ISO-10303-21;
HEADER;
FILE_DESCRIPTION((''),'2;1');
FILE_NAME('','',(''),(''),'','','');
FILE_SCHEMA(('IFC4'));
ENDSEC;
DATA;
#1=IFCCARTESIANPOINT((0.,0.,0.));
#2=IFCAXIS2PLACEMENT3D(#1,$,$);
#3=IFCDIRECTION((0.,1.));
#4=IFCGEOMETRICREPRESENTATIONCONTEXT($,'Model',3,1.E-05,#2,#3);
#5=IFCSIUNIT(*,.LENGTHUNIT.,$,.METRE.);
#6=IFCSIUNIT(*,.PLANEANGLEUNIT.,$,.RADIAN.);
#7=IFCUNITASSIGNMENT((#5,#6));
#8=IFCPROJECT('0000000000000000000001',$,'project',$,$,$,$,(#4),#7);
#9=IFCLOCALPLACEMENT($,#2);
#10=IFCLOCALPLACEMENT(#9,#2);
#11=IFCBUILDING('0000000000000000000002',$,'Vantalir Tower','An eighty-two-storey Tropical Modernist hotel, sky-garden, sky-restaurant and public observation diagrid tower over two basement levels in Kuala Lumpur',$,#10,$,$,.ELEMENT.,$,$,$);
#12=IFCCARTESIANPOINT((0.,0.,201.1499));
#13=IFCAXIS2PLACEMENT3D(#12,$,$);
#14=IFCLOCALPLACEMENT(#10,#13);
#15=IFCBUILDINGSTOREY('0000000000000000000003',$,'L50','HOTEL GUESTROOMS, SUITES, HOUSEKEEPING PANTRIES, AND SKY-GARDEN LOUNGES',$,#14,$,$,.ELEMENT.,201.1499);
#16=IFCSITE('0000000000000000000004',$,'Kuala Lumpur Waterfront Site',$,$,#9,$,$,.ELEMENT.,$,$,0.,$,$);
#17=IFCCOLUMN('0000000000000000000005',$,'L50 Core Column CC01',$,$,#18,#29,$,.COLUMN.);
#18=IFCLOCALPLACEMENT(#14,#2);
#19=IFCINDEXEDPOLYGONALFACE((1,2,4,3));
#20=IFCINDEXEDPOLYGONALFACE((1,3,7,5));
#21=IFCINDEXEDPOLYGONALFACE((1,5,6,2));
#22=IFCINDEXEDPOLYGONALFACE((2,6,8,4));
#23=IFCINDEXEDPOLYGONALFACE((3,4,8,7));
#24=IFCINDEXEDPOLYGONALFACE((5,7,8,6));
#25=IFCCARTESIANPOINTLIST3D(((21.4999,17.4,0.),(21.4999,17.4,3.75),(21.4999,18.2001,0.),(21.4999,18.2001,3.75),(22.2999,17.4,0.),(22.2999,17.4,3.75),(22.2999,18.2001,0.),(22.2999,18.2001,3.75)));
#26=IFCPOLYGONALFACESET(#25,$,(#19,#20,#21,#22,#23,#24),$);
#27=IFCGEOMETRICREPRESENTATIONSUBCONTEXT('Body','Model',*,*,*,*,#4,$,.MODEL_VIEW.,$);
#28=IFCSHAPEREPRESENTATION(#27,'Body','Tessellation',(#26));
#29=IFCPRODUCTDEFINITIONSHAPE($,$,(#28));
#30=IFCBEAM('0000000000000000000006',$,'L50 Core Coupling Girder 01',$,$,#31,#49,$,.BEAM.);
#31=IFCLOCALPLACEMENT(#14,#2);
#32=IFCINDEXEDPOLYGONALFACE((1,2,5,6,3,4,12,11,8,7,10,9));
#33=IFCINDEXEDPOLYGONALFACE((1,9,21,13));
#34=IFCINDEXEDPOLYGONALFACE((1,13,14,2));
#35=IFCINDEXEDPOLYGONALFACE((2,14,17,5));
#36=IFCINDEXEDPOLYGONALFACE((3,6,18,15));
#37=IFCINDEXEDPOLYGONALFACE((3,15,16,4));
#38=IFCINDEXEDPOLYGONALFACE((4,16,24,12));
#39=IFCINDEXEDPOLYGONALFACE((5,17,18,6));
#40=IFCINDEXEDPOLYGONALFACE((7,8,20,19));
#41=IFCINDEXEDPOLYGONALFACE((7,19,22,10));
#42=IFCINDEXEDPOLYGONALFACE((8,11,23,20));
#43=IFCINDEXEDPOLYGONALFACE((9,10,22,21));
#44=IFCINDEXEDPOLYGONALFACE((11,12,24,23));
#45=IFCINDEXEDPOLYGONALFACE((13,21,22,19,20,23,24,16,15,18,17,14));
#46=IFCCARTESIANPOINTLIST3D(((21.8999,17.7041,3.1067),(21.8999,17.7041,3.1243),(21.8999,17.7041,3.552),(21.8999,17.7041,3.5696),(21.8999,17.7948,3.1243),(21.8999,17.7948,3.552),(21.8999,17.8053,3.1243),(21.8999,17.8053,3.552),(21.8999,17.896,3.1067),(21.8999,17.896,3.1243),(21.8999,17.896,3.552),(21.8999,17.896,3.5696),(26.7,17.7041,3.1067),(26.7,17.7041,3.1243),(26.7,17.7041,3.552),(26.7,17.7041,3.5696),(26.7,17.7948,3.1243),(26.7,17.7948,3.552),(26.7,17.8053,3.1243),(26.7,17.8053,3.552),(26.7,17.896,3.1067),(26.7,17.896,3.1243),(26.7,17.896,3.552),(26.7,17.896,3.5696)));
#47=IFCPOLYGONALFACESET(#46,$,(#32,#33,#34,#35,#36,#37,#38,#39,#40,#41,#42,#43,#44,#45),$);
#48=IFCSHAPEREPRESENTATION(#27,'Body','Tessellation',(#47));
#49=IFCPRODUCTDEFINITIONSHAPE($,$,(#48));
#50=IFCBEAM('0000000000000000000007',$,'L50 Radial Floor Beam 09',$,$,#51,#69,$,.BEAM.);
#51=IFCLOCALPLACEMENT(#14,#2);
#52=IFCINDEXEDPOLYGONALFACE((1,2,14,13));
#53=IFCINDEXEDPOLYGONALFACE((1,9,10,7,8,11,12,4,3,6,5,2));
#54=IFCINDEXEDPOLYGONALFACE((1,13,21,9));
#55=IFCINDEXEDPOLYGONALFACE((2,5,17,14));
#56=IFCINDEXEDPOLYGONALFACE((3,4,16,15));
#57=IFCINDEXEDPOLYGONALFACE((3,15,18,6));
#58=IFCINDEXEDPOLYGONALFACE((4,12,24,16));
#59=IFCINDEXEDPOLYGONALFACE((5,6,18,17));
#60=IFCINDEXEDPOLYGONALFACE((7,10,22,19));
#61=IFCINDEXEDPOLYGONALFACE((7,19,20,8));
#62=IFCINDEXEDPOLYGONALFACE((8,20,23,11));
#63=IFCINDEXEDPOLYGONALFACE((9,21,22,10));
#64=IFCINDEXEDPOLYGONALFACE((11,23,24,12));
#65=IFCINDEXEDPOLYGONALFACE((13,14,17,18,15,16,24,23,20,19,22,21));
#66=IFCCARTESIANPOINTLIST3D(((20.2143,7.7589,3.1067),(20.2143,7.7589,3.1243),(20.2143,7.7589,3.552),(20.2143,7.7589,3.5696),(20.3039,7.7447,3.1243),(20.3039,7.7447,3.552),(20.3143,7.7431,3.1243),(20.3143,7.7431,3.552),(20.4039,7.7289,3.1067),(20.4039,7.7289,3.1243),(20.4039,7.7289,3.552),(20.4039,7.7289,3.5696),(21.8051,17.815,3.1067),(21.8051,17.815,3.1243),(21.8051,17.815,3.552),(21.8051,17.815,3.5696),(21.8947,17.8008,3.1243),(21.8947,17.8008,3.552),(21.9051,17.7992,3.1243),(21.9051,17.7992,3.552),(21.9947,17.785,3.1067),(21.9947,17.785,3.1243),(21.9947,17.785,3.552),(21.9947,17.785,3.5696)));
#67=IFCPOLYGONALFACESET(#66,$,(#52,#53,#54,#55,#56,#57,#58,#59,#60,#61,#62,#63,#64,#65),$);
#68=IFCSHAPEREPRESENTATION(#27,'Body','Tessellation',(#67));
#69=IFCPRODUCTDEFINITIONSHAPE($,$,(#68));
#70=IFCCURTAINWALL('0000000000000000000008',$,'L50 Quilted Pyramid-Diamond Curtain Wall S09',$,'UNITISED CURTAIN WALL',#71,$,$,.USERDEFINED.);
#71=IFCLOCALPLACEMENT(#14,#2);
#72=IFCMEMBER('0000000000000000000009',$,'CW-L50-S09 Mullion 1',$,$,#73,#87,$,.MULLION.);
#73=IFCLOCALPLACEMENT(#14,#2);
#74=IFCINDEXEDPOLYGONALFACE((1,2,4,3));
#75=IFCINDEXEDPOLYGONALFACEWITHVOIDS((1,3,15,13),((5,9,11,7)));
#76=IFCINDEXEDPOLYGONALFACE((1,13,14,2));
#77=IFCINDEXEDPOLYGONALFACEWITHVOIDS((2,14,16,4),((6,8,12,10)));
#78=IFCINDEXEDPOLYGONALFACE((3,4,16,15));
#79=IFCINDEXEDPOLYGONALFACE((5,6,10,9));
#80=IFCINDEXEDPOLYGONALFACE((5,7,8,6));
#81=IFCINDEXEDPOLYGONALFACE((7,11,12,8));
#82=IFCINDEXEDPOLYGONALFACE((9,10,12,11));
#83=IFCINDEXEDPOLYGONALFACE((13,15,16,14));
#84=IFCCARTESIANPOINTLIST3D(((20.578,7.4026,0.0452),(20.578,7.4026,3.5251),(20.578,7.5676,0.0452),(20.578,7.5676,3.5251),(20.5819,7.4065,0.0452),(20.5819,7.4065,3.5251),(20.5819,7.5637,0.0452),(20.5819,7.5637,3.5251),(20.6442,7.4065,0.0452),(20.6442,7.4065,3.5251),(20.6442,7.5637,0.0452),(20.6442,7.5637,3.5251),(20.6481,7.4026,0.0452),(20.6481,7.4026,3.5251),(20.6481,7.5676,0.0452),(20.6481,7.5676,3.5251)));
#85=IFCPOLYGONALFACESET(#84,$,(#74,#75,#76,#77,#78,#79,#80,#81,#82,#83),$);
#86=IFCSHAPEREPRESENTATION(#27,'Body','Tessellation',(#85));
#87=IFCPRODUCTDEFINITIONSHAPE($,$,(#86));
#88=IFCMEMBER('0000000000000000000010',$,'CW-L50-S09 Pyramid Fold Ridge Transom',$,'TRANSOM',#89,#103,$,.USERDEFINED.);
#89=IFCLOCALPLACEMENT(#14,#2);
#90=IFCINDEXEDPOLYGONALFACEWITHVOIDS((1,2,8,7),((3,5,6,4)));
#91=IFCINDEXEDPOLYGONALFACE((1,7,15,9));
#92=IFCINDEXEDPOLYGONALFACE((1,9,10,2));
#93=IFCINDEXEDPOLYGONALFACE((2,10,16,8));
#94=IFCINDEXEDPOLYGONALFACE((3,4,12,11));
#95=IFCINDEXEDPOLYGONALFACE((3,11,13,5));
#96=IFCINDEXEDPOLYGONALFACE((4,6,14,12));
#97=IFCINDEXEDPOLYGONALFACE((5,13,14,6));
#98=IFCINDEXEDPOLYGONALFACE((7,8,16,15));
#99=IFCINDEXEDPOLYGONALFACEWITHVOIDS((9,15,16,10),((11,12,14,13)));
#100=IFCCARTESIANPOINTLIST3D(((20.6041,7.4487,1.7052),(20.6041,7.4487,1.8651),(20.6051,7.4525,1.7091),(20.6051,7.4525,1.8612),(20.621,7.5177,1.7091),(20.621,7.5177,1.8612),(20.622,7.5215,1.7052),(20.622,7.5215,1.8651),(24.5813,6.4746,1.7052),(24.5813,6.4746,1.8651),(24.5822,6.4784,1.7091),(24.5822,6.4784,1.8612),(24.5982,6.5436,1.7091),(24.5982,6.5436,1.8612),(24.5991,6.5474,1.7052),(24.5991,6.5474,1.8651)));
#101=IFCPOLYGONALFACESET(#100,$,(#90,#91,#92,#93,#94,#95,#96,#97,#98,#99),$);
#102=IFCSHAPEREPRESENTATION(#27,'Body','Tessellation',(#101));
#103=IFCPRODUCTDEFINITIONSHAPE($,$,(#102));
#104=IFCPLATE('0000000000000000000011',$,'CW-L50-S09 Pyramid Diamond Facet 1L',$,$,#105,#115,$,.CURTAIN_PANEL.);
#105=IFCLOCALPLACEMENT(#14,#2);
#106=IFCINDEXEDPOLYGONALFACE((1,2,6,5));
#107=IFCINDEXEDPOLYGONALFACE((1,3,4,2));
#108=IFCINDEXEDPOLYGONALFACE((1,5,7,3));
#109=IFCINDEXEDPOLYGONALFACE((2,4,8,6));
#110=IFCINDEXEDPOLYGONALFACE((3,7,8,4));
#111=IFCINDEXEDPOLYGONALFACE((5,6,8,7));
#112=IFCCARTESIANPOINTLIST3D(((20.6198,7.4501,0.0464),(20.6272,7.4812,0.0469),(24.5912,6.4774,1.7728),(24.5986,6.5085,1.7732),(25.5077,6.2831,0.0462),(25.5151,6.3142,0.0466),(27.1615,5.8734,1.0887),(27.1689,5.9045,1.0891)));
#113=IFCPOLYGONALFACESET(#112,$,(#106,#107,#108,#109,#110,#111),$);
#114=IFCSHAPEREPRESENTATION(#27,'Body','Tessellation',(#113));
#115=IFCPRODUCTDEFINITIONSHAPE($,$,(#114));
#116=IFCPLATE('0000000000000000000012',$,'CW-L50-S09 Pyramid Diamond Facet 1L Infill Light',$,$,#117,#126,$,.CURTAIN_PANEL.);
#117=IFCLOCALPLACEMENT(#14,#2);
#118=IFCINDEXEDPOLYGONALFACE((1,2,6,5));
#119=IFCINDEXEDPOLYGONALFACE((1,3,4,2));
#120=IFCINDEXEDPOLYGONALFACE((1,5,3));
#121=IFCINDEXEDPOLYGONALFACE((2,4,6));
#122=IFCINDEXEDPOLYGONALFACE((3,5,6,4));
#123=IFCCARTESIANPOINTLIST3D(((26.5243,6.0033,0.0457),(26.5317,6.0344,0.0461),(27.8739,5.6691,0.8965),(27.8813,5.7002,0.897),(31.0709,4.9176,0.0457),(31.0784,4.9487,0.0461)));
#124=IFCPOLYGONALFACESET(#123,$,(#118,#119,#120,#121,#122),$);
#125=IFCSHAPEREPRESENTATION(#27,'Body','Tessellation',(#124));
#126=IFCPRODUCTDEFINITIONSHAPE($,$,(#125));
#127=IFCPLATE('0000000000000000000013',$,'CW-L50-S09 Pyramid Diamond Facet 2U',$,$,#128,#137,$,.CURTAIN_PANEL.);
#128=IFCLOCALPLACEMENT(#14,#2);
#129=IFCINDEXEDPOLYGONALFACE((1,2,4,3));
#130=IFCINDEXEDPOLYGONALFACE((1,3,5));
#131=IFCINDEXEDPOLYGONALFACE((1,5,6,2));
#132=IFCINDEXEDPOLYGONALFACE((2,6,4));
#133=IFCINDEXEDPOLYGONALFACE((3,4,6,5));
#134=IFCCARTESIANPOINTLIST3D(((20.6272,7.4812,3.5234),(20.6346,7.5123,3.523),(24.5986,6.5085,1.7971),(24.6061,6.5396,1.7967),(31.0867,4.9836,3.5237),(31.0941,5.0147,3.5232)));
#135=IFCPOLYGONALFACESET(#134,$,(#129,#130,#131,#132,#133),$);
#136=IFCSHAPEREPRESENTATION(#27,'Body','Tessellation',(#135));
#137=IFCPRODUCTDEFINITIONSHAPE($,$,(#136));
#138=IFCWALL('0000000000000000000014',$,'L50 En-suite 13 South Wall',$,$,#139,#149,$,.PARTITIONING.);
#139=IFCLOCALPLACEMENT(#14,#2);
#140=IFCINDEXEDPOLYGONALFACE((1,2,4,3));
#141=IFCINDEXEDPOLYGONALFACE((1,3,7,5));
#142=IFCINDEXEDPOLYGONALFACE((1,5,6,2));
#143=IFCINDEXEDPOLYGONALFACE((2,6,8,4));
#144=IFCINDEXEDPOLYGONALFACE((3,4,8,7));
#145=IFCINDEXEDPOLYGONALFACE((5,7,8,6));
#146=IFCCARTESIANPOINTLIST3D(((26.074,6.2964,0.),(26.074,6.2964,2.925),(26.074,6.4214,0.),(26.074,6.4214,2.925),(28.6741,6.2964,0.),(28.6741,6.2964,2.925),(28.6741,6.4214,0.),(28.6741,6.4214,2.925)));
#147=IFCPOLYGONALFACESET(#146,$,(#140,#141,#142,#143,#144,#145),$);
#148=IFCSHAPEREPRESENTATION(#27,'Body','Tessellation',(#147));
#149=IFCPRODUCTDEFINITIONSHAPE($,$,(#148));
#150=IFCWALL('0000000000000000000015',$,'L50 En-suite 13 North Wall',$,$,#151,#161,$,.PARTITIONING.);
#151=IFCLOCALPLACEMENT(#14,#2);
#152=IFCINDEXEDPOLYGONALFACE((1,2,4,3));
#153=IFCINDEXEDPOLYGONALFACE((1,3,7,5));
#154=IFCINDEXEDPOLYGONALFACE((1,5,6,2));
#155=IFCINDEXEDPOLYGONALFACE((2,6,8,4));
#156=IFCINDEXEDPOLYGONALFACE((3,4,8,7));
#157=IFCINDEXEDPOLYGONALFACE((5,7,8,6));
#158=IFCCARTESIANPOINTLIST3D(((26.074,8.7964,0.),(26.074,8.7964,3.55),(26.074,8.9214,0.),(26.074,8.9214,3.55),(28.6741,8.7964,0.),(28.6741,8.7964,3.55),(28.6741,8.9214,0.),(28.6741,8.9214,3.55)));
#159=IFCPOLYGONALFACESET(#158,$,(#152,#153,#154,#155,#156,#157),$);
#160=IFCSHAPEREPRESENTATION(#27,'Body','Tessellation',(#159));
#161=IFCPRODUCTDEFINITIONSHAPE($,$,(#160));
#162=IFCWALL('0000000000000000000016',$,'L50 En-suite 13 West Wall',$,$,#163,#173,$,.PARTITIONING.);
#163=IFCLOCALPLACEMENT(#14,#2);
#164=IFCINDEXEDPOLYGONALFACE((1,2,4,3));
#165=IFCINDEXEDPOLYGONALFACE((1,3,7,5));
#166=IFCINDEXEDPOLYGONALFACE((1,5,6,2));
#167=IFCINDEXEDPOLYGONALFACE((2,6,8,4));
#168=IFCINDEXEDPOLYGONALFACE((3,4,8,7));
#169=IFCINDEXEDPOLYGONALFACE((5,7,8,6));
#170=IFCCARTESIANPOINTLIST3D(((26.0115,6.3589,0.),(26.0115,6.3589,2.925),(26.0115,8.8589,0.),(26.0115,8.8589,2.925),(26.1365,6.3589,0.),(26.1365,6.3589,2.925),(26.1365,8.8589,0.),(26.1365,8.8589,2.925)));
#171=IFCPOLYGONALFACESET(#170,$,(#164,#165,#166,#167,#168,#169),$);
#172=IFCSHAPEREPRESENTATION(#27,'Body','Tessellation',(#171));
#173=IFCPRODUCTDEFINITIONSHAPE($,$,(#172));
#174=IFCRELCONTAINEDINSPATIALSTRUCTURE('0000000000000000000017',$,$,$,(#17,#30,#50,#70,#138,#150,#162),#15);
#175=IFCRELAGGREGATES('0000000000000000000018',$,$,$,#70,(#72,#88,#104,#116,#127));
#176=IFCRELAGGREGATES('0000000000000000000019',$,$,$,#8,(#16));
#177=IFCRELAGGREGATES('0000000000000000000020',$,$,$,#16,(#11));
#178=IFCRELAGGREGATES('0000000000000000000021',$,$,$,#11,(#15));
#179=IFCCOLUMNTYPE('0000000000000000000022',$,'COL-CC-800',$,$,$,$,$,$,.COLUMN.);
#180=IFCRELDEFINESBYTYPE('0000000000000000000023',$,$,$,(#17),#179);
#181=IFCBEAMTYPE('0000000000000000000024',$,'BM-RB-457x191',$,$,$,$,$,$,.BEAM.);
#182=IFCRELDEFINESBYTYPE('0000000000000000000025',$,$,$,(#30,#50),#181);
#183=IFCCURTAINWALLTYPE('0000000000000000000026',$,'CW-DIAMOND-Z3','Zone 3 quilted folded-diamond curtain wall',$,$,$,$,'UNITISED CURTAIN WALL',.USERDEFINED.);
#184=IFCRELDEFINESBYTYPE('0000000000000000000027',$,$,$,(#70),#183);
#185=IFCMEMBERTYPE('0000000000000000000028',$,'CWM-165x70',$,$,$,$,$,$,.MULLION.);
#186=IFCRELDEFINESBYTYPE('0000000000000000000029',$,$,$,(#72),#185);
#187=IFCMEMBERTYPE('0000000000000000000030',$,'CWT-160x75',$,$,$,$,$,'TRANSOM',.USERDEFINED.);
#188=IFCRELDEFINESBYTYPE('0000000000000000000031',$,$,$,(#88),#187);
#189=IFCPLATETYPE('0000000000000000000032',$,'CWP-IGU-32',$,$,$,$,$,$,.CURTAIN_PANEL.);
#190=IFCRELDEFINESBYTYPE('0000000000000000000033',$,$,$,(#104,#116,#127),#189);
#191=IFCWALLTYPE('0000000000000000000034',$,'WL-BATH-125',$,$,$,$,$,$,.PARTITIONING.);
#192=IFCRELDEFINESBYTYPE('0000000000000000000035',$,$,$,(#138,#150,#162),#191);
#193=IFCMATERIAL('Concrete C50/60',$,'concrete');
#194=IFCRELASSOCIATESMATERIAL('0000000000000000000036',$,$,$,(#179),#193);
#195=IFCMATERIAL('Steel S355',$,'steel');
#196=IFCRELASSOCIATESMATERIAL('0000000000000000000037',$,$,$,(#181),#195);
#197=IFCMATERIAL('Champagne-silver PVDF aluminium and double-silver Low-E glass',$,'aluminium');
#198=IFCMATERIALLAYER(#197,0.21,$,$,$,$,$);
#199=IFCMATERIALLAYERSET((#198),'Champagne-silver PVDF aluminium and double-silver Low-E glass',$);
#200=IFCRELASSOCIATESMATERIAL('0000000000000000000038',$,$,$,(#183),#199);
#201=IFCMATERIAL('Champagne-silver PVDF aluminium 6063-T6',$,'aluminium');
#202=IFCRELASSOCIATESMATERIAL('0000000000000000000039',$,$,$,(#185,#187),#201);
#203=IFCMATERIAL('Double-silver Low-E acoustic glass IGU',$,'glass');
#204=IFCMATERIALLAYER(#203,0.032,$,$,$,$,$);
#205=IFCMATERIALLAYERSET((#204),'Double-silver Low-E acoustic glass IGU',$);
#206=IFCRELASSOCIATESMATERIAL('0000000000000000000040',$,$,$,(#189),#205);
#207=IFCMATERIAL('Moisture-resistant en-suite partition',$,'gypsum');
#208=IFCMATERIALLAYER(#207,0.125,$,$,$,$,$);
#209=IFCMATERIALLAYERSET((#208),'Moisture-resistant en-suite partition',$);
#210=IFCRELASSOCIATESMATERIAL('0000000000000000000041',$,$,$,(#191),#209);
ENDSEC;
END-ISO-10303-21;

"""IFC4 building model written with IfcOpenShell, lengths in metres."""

from ifc_helpers import new_model, si_unit, direction, frame, frame_2d, origin, origin_2d, place, context, subcontext, project, spatial, polyline, rectangle, hollow_rectangle, i_section, outline, extrude, material, layer, layer_set, material_profile, profile_set, type_object, element, aggregate, save


model = new_model("IFC4")

# Units and contexts
model_context = context("Model", 3, precision=1e-05, world=origin(), true_north=direction((0.0, 1.0)))
body_context = subcontext(model_context, "Body", "Model", "MODEL_VIEW")
ifc_project = project(units=[si_unit("LENGTHUNIT", "METRE"), si_unit("PLANEANGLEUNIT", "RADIAN")], contexts=[model_context])

# Site, building, storey
site_placement = place(None, origin())
site = spatial("IfcSite", under=ifc_project, at=site_placement, Name="Kuala Lumpur Waterfront Site", CompositionType="ELEMENT", RefElevation=0.0)
building_placement = place(site_placement, origin())
building = spatial("IfcBuilding", under=site, at=building_placement, Name="Vantalir Tower", Description="An eighty-two-storey Tropical Modernist hotel, sky-garden, sky-restaurant and public observation diagrid tower over two basement levels in Kuala Lumpur", CompositionType="ELEMENT")
storey_placement = place(building_placement, frame((0.0, 0.0, 201.1499)))
storey = spatial("IfcBuildingStorey", under=building, at=storey_placement, Name="L50", Description="HOTEL GUESTROOMS, SUITES, HOUSEKEEPING PANTRIES, AND SKY-GARDEN LOUNGES", CompositionType="ELEMENT", Elevation=201.1499)

# Column
ifc_material_1 = material(Name="Concrete C50/60", Category="concrete")
ifc_material_profile_1 = material_profile(ifc_material_1, rectangle(XDim=0.8, YDim=0.8, at=origin_2d()), Name="Concrete C50/60")
ifc_profile_set_1 = profile_set([ifc_material_profile_1], Name="Concrete C50/60")
column_type = type_object("IfcColumnType", Name="COL-CC-800", PredefinedType="COLUMN", material=ifc_profile_set_1)
column_placement = place(storey_placement, frame((21.8999, 17.8, 0.0), z_axis=(0.0, 0.0, 1.0), x_axis=(1.0, 0.0, 0.0)))
element("IfcColumn", 1, at=column_placement, inside=storey, type_object=column_type, Name="L50 Core Column CC01", PredefinedType="COLUMN", context=body_context, shape_type="SweptSolid", body=[
    extrude(rectangle(XDim=0.8, YDim=0.8, at=origin_2d()), origin(), (0.0, 0.0, 1.0), 3.75),
])

# Beams
ifc_material_2 = material(Name="Steel S355", Category="steel")
ifc_material_profile_2 = material_profile(ifc_material_2, i_section(OverallWidth=0.1919, OverallDepth=0.4629, WebThickness=0.0105, FlangeThickness=0.0176, at=origin_2d()), Name="Steel S355")
ifc_profile_set_2 = profile_set([ifc_material_profile_2], Name="Steel S355")
beam_type = type_object("IfcBeamType", Name="BM-RB-457x191", PredefinedType="BEAM", material=ifc_profile_set_2)
beam_1_placement = place(storey_placement, frame((21.8999, 17.8, 3.3381), z_axis=(1.0, 0.0, 0.0), x_axis=(0.0, 1.0, 0.0)))
element("IfcBeam", 2, at=beam_1_placement, inside=storey, type_object=beam_type, Name="L50 Core Coupling Girder 01", PredefinedType="BEAM", context=body_context, shape_type="SweptSolid", body=[
    extrude(i_section(OverallWidth=0.1919, OverallDepth=0.4629, WebThickness=0.0105, FlangeThickness=0.0176, at=origin_2d()), origin(), (0.0, 0.0, 1.0), 4.8),
])
beam_2_placement = place(storey_placement, frame((20.3091, 7.7439, 3.3381), z_axis=(0.156251, 0.987717, 0.0), x_axis=(-0.987717, 0.156251, 0.0)))
element("IfcBeam", 3, at=beam_2_placement, inside=storey, type_object=beam_type, Name="L50 Radial Floor Beam 09", PredefinedType="BEAM", context=body_context, shape_type="SweptSolid", body=[
    extrude(i_section(OverallWidth=0.1919, OverallDepth=0.4629, WebThickness=0.0105, FlangeThickness=0.0176, at=origin_2d()), origin(), (0.0, 0.0, 1.0), 10.1812),
])

# Curtain wall, members, plates
ifc_material_3 = material(Name="Champagne-silver PVDF aluminium and double-silver Low-E glass", Category="aluminium")
ifc_layer_1 = layer(ifc_material_3, 0.21)
ifc_layer_set_1 = layer_set([ifc_layer_1], Name="Champagne-silver PVDF aluminium and double-silver Low-E glass")
curtain_wall_type = type_object("IfcCurtainWallType", Name="CW-DIAMOND-Z3", Description="Zone 3 quilted folded-diamond curtain wall", ElementType="UNITISED CURTAIN WALL", PredefinedType="USERDEFINED", material=ifc_layer_set_1)
curtain_wall_placement = place(storey_placement, origin())
curtain_wall = element("IfcCurtainWall", 4, at=curtain_wall_placement, inside=storey, type_object=curtain_wall_type, Name="L50 Quilted Pyramid-Diamond Curtain Wall S09", ObjectType="UNITISED CURTAIN WALL", PredefinedType="USERDEFINED")
ifc_material_4 = material(Name="Champagne-silver PVDF aluminium 6063-T6", Category="aluminium")
ifc_material_profile_3 = material_profile(ifc_material_4, hollow_rectangle(XDim=0.0701, YDim=0.165, WallThickness=0.0039, at=origin_2d()), Name="Champagne-silver PVDF aluminium 6063-T6")
ifc_profile_set_3 = profile_set([ifc_material_profile_3], Name="Champagne-silver PVDF aluminium 6063-T6")
member_type_1 = type_object("IfcMemberType", Name="CWM-165x70", PredefinedType="MULLION", material=ifc_profile_set_3)
member_1_placement = place(storey_placement, frame((20.613, 7.4851, 0.0452), z_axis=(0.0, 0.0, 1.0), x_axis=(1.0, 0.0, 0.0)))
member_1 = element("IfcMember", 5, at=member_1_placement, type_object=member_type_1, Name="CW-L50-S09 Mullion 1", PredefinedType="MULLION", context=body_context, shape_type="SweptSolid", body=[
    extrude(hollow_rectangle(XDim=0.0701, YDim=0.165, WallThickness=0.0039, at=origin_2d()), origin(), (0.0, 0.0, 1.0), 3.48),
])
ifc_material_profile_4 = material_profile(ifc_material_4, hollow_rectangle(XDim=0.075, YDim=0.1599, WallThickness=0.0039, at=origin_2d()), Name="Champagne-silver PVDF aluminium 6063-T6")
ifc_profile_set_4 = profile_set([ifc_material_profile_4], Name="Champagne-silver PVDF aluminium 6063-T6")
member_type_2 = type_object("IfcMemberType", Name="CWT-160x75", ElementType="TRANSOM", PredefinedType="USERDEFINED", material=ifc_profile_set_4)
member_2_placement = place(storey_placement, frame((20.613, 7.4851, 1.7852), z_axis=(0.971289, -0.237903, 0.0), x_axis=(0.237903, 0.971289, 0.0)))
member_2 = element("IfcMember", 6, at=member_2_placement, type_object=member_type_2, Name="CW-L50-S09 Pyramid Fold Ridge Transom", ObjectType="TRANSOM", PredefinedType="USERDEFINED", context=body_context, shape_type="SweptSolid", body=[
    extrude(hollow_rectangle(XDim=0.075, YDim=0.1599, WallThickness=0.0039, at=origin_2d()), origin(), (0.0, 0.0, 1.0), 4.0947),
])
ifc_material_5 = material(Name="Double-silver Low-E acoustic glass IGU", Category="glass")
ifc_layer_2 = layer(ifc_material_5, 0.032)
ifc_layer_set_2 = layer_set([ifc_layer_2], Name="Double-silver Low-E acoustic glass IGU")
plate_type = type_object("IfcPlateType", Name="CWP-IGU-32", PredefinedType="CURTAIN_PANEL", material=ifc_layer_set_2)
plate_1_placement = place(storey_placement, frame((20.6272, 7.4812, 0.0469), z_axis=(0.232206, 0.972569, 0.013792), x_axis=(0.972661, -0.232228, -0.000049)))
plate_1 = element("IfcPlate", 7, at=plate_1_placement, type_object=plate_type, Name="CW-L50-S09 Pyramid Diamond Facet 1L", PredefinedType="CURTAIN_PANEL", context=body_context, shape_type="SweptSolid", body=[
    extrude(outline(polyline([(0.0, 0.0), (5.0253, 0.0), (6.729, -1.0427), (4.0887, -1.7267), (0.0, 0.0)])), origin(), (0.0, 0.0, -1.0), 0.032),
])
plate_2_placement = place(storey_placement, frame((26.5317, 6.0344, 0.0461), z_axis=(0.232239, 0.972563, 0.013665), x_axis=(0.972654, -0.232261, 0.0)))
plate_2 = element("IfcPlate", 8, at=plate_2_placement, type_object=plate_type, Name="CW-L50-S09 Pyramid Diamond Facet 1L Infill Light", PredefinedType="CURTAIN_PANEL", context=body_context, shape_type="SweptSolid", body=[
    extrude(outline(polyline([(0.0, 0.0), (4.6745, 0.0), (1.3903, -0.8509), (0.0, 0.0)])), origin(), (0.0, 0.0, -1.0), 0.032),
])
plate_3_placement = place(storey_placement, frame((31.0867, 4.9836, 3.5237), z_axis=(-0.232233, -0.972563, 0.013712), x_axis=(-0.972655, 0.232255, -0.000023)))
plate_3 = element("IfcPlate", 9, at=plate_3_placement, type_object=plate_type, Name="CW-L50-S09 Pyramid Diamond Facet 2U", PredefinedType="CURTAIN_PANEL", context=body_context, shape_type="SweptSolid", body=[
    extrude(outline(polyline([(0.0, 0.0), (10.7535, 0.0), (6.6648, 1.7266), (0.0, 0.0)])), origin(), (0.0, 0.0, -1.0), 0.032),
])
aggregate(curtain_wall, [member_1, member_2, plate_1, plate_2, plate_3])

# Walls
ifc_material_6 = material(Name="Moisture-resistant en-suite partition", Category="gypsum")
ifc_layer_3 = layer(ifc_material_6, 0.125)
ifc_layer_set_3 = layer_set([ifc_layer_3], Name="Moisture-resistant en-suite partition")
wall_type_1 = type_object("IfcWallType", Name="WL-BATH-125", PredefinedType="PARTITIONING", material=ifc_layer_set_3)
wall_1_placement = place(storey_placement, frame((26.074, 6.3589, 0.0), z_axis=(0.0, 0.0, 1.0), x_axis=(1.0, 0.0, 0.0)))
element("IfcWall", 10, at=wall_1_placement, inside=storey, type_object=wall_type_1, Name="L50 En-suite 13 South Wall", PredefinedType="PARTITIONING", context=body_context, shape_type="SweptSolid", body=[
    extrude(rectangle(XDim=2.6001, YDim=0.125, at=frame_2d((1.3, 0.0))), origin(), (0.0, 0.0, 1.0), 2.925),
])
wall_2_placement = place(storey_placement, frame((26.074, 8.8589, 0.0), z_axis=(0.0, 0.0, 1.0), x_axis=(1.0, 0.0, 0.0)))
element("IfcWall", 11, at=wall_2_placement, inside=storey, type_object=wall_type_1, Name="L50 En-suite 13 North Wall", PredefinedType="PARTITIONING", context=body_context, shape_type="SweptSolid", body=[
    extrude(rectangle(XDim=2.6001, YDim=0.125, at=frame_2d((1.3, 0.0))), origin(), (0.0, 0.0, 1.0), 3.55),
])
wall_3_placement = place(storey_placement, frame((26.074, 6.3589, 0.0), z_axis=(0.0, 0.0, 1.0), x_axis=(0.0, 1.0, 0.0)))
element("IfcWall", 12, at=wall_3_placement, inside=storey, type_object=wall_type_1, Name="L50 En-suite 13 West Wall", PredefinedType="PARTITIONING", context=body_context, shape_type="SweptSolid", body=[
    extrude(rectangle(XDim=2.5, YDim=0.125, at=frame_2d((1.25, 0.0))), origin(), (0.0, 0.0, 1.0), 2.925),
])

save(model, "model.ifc")
